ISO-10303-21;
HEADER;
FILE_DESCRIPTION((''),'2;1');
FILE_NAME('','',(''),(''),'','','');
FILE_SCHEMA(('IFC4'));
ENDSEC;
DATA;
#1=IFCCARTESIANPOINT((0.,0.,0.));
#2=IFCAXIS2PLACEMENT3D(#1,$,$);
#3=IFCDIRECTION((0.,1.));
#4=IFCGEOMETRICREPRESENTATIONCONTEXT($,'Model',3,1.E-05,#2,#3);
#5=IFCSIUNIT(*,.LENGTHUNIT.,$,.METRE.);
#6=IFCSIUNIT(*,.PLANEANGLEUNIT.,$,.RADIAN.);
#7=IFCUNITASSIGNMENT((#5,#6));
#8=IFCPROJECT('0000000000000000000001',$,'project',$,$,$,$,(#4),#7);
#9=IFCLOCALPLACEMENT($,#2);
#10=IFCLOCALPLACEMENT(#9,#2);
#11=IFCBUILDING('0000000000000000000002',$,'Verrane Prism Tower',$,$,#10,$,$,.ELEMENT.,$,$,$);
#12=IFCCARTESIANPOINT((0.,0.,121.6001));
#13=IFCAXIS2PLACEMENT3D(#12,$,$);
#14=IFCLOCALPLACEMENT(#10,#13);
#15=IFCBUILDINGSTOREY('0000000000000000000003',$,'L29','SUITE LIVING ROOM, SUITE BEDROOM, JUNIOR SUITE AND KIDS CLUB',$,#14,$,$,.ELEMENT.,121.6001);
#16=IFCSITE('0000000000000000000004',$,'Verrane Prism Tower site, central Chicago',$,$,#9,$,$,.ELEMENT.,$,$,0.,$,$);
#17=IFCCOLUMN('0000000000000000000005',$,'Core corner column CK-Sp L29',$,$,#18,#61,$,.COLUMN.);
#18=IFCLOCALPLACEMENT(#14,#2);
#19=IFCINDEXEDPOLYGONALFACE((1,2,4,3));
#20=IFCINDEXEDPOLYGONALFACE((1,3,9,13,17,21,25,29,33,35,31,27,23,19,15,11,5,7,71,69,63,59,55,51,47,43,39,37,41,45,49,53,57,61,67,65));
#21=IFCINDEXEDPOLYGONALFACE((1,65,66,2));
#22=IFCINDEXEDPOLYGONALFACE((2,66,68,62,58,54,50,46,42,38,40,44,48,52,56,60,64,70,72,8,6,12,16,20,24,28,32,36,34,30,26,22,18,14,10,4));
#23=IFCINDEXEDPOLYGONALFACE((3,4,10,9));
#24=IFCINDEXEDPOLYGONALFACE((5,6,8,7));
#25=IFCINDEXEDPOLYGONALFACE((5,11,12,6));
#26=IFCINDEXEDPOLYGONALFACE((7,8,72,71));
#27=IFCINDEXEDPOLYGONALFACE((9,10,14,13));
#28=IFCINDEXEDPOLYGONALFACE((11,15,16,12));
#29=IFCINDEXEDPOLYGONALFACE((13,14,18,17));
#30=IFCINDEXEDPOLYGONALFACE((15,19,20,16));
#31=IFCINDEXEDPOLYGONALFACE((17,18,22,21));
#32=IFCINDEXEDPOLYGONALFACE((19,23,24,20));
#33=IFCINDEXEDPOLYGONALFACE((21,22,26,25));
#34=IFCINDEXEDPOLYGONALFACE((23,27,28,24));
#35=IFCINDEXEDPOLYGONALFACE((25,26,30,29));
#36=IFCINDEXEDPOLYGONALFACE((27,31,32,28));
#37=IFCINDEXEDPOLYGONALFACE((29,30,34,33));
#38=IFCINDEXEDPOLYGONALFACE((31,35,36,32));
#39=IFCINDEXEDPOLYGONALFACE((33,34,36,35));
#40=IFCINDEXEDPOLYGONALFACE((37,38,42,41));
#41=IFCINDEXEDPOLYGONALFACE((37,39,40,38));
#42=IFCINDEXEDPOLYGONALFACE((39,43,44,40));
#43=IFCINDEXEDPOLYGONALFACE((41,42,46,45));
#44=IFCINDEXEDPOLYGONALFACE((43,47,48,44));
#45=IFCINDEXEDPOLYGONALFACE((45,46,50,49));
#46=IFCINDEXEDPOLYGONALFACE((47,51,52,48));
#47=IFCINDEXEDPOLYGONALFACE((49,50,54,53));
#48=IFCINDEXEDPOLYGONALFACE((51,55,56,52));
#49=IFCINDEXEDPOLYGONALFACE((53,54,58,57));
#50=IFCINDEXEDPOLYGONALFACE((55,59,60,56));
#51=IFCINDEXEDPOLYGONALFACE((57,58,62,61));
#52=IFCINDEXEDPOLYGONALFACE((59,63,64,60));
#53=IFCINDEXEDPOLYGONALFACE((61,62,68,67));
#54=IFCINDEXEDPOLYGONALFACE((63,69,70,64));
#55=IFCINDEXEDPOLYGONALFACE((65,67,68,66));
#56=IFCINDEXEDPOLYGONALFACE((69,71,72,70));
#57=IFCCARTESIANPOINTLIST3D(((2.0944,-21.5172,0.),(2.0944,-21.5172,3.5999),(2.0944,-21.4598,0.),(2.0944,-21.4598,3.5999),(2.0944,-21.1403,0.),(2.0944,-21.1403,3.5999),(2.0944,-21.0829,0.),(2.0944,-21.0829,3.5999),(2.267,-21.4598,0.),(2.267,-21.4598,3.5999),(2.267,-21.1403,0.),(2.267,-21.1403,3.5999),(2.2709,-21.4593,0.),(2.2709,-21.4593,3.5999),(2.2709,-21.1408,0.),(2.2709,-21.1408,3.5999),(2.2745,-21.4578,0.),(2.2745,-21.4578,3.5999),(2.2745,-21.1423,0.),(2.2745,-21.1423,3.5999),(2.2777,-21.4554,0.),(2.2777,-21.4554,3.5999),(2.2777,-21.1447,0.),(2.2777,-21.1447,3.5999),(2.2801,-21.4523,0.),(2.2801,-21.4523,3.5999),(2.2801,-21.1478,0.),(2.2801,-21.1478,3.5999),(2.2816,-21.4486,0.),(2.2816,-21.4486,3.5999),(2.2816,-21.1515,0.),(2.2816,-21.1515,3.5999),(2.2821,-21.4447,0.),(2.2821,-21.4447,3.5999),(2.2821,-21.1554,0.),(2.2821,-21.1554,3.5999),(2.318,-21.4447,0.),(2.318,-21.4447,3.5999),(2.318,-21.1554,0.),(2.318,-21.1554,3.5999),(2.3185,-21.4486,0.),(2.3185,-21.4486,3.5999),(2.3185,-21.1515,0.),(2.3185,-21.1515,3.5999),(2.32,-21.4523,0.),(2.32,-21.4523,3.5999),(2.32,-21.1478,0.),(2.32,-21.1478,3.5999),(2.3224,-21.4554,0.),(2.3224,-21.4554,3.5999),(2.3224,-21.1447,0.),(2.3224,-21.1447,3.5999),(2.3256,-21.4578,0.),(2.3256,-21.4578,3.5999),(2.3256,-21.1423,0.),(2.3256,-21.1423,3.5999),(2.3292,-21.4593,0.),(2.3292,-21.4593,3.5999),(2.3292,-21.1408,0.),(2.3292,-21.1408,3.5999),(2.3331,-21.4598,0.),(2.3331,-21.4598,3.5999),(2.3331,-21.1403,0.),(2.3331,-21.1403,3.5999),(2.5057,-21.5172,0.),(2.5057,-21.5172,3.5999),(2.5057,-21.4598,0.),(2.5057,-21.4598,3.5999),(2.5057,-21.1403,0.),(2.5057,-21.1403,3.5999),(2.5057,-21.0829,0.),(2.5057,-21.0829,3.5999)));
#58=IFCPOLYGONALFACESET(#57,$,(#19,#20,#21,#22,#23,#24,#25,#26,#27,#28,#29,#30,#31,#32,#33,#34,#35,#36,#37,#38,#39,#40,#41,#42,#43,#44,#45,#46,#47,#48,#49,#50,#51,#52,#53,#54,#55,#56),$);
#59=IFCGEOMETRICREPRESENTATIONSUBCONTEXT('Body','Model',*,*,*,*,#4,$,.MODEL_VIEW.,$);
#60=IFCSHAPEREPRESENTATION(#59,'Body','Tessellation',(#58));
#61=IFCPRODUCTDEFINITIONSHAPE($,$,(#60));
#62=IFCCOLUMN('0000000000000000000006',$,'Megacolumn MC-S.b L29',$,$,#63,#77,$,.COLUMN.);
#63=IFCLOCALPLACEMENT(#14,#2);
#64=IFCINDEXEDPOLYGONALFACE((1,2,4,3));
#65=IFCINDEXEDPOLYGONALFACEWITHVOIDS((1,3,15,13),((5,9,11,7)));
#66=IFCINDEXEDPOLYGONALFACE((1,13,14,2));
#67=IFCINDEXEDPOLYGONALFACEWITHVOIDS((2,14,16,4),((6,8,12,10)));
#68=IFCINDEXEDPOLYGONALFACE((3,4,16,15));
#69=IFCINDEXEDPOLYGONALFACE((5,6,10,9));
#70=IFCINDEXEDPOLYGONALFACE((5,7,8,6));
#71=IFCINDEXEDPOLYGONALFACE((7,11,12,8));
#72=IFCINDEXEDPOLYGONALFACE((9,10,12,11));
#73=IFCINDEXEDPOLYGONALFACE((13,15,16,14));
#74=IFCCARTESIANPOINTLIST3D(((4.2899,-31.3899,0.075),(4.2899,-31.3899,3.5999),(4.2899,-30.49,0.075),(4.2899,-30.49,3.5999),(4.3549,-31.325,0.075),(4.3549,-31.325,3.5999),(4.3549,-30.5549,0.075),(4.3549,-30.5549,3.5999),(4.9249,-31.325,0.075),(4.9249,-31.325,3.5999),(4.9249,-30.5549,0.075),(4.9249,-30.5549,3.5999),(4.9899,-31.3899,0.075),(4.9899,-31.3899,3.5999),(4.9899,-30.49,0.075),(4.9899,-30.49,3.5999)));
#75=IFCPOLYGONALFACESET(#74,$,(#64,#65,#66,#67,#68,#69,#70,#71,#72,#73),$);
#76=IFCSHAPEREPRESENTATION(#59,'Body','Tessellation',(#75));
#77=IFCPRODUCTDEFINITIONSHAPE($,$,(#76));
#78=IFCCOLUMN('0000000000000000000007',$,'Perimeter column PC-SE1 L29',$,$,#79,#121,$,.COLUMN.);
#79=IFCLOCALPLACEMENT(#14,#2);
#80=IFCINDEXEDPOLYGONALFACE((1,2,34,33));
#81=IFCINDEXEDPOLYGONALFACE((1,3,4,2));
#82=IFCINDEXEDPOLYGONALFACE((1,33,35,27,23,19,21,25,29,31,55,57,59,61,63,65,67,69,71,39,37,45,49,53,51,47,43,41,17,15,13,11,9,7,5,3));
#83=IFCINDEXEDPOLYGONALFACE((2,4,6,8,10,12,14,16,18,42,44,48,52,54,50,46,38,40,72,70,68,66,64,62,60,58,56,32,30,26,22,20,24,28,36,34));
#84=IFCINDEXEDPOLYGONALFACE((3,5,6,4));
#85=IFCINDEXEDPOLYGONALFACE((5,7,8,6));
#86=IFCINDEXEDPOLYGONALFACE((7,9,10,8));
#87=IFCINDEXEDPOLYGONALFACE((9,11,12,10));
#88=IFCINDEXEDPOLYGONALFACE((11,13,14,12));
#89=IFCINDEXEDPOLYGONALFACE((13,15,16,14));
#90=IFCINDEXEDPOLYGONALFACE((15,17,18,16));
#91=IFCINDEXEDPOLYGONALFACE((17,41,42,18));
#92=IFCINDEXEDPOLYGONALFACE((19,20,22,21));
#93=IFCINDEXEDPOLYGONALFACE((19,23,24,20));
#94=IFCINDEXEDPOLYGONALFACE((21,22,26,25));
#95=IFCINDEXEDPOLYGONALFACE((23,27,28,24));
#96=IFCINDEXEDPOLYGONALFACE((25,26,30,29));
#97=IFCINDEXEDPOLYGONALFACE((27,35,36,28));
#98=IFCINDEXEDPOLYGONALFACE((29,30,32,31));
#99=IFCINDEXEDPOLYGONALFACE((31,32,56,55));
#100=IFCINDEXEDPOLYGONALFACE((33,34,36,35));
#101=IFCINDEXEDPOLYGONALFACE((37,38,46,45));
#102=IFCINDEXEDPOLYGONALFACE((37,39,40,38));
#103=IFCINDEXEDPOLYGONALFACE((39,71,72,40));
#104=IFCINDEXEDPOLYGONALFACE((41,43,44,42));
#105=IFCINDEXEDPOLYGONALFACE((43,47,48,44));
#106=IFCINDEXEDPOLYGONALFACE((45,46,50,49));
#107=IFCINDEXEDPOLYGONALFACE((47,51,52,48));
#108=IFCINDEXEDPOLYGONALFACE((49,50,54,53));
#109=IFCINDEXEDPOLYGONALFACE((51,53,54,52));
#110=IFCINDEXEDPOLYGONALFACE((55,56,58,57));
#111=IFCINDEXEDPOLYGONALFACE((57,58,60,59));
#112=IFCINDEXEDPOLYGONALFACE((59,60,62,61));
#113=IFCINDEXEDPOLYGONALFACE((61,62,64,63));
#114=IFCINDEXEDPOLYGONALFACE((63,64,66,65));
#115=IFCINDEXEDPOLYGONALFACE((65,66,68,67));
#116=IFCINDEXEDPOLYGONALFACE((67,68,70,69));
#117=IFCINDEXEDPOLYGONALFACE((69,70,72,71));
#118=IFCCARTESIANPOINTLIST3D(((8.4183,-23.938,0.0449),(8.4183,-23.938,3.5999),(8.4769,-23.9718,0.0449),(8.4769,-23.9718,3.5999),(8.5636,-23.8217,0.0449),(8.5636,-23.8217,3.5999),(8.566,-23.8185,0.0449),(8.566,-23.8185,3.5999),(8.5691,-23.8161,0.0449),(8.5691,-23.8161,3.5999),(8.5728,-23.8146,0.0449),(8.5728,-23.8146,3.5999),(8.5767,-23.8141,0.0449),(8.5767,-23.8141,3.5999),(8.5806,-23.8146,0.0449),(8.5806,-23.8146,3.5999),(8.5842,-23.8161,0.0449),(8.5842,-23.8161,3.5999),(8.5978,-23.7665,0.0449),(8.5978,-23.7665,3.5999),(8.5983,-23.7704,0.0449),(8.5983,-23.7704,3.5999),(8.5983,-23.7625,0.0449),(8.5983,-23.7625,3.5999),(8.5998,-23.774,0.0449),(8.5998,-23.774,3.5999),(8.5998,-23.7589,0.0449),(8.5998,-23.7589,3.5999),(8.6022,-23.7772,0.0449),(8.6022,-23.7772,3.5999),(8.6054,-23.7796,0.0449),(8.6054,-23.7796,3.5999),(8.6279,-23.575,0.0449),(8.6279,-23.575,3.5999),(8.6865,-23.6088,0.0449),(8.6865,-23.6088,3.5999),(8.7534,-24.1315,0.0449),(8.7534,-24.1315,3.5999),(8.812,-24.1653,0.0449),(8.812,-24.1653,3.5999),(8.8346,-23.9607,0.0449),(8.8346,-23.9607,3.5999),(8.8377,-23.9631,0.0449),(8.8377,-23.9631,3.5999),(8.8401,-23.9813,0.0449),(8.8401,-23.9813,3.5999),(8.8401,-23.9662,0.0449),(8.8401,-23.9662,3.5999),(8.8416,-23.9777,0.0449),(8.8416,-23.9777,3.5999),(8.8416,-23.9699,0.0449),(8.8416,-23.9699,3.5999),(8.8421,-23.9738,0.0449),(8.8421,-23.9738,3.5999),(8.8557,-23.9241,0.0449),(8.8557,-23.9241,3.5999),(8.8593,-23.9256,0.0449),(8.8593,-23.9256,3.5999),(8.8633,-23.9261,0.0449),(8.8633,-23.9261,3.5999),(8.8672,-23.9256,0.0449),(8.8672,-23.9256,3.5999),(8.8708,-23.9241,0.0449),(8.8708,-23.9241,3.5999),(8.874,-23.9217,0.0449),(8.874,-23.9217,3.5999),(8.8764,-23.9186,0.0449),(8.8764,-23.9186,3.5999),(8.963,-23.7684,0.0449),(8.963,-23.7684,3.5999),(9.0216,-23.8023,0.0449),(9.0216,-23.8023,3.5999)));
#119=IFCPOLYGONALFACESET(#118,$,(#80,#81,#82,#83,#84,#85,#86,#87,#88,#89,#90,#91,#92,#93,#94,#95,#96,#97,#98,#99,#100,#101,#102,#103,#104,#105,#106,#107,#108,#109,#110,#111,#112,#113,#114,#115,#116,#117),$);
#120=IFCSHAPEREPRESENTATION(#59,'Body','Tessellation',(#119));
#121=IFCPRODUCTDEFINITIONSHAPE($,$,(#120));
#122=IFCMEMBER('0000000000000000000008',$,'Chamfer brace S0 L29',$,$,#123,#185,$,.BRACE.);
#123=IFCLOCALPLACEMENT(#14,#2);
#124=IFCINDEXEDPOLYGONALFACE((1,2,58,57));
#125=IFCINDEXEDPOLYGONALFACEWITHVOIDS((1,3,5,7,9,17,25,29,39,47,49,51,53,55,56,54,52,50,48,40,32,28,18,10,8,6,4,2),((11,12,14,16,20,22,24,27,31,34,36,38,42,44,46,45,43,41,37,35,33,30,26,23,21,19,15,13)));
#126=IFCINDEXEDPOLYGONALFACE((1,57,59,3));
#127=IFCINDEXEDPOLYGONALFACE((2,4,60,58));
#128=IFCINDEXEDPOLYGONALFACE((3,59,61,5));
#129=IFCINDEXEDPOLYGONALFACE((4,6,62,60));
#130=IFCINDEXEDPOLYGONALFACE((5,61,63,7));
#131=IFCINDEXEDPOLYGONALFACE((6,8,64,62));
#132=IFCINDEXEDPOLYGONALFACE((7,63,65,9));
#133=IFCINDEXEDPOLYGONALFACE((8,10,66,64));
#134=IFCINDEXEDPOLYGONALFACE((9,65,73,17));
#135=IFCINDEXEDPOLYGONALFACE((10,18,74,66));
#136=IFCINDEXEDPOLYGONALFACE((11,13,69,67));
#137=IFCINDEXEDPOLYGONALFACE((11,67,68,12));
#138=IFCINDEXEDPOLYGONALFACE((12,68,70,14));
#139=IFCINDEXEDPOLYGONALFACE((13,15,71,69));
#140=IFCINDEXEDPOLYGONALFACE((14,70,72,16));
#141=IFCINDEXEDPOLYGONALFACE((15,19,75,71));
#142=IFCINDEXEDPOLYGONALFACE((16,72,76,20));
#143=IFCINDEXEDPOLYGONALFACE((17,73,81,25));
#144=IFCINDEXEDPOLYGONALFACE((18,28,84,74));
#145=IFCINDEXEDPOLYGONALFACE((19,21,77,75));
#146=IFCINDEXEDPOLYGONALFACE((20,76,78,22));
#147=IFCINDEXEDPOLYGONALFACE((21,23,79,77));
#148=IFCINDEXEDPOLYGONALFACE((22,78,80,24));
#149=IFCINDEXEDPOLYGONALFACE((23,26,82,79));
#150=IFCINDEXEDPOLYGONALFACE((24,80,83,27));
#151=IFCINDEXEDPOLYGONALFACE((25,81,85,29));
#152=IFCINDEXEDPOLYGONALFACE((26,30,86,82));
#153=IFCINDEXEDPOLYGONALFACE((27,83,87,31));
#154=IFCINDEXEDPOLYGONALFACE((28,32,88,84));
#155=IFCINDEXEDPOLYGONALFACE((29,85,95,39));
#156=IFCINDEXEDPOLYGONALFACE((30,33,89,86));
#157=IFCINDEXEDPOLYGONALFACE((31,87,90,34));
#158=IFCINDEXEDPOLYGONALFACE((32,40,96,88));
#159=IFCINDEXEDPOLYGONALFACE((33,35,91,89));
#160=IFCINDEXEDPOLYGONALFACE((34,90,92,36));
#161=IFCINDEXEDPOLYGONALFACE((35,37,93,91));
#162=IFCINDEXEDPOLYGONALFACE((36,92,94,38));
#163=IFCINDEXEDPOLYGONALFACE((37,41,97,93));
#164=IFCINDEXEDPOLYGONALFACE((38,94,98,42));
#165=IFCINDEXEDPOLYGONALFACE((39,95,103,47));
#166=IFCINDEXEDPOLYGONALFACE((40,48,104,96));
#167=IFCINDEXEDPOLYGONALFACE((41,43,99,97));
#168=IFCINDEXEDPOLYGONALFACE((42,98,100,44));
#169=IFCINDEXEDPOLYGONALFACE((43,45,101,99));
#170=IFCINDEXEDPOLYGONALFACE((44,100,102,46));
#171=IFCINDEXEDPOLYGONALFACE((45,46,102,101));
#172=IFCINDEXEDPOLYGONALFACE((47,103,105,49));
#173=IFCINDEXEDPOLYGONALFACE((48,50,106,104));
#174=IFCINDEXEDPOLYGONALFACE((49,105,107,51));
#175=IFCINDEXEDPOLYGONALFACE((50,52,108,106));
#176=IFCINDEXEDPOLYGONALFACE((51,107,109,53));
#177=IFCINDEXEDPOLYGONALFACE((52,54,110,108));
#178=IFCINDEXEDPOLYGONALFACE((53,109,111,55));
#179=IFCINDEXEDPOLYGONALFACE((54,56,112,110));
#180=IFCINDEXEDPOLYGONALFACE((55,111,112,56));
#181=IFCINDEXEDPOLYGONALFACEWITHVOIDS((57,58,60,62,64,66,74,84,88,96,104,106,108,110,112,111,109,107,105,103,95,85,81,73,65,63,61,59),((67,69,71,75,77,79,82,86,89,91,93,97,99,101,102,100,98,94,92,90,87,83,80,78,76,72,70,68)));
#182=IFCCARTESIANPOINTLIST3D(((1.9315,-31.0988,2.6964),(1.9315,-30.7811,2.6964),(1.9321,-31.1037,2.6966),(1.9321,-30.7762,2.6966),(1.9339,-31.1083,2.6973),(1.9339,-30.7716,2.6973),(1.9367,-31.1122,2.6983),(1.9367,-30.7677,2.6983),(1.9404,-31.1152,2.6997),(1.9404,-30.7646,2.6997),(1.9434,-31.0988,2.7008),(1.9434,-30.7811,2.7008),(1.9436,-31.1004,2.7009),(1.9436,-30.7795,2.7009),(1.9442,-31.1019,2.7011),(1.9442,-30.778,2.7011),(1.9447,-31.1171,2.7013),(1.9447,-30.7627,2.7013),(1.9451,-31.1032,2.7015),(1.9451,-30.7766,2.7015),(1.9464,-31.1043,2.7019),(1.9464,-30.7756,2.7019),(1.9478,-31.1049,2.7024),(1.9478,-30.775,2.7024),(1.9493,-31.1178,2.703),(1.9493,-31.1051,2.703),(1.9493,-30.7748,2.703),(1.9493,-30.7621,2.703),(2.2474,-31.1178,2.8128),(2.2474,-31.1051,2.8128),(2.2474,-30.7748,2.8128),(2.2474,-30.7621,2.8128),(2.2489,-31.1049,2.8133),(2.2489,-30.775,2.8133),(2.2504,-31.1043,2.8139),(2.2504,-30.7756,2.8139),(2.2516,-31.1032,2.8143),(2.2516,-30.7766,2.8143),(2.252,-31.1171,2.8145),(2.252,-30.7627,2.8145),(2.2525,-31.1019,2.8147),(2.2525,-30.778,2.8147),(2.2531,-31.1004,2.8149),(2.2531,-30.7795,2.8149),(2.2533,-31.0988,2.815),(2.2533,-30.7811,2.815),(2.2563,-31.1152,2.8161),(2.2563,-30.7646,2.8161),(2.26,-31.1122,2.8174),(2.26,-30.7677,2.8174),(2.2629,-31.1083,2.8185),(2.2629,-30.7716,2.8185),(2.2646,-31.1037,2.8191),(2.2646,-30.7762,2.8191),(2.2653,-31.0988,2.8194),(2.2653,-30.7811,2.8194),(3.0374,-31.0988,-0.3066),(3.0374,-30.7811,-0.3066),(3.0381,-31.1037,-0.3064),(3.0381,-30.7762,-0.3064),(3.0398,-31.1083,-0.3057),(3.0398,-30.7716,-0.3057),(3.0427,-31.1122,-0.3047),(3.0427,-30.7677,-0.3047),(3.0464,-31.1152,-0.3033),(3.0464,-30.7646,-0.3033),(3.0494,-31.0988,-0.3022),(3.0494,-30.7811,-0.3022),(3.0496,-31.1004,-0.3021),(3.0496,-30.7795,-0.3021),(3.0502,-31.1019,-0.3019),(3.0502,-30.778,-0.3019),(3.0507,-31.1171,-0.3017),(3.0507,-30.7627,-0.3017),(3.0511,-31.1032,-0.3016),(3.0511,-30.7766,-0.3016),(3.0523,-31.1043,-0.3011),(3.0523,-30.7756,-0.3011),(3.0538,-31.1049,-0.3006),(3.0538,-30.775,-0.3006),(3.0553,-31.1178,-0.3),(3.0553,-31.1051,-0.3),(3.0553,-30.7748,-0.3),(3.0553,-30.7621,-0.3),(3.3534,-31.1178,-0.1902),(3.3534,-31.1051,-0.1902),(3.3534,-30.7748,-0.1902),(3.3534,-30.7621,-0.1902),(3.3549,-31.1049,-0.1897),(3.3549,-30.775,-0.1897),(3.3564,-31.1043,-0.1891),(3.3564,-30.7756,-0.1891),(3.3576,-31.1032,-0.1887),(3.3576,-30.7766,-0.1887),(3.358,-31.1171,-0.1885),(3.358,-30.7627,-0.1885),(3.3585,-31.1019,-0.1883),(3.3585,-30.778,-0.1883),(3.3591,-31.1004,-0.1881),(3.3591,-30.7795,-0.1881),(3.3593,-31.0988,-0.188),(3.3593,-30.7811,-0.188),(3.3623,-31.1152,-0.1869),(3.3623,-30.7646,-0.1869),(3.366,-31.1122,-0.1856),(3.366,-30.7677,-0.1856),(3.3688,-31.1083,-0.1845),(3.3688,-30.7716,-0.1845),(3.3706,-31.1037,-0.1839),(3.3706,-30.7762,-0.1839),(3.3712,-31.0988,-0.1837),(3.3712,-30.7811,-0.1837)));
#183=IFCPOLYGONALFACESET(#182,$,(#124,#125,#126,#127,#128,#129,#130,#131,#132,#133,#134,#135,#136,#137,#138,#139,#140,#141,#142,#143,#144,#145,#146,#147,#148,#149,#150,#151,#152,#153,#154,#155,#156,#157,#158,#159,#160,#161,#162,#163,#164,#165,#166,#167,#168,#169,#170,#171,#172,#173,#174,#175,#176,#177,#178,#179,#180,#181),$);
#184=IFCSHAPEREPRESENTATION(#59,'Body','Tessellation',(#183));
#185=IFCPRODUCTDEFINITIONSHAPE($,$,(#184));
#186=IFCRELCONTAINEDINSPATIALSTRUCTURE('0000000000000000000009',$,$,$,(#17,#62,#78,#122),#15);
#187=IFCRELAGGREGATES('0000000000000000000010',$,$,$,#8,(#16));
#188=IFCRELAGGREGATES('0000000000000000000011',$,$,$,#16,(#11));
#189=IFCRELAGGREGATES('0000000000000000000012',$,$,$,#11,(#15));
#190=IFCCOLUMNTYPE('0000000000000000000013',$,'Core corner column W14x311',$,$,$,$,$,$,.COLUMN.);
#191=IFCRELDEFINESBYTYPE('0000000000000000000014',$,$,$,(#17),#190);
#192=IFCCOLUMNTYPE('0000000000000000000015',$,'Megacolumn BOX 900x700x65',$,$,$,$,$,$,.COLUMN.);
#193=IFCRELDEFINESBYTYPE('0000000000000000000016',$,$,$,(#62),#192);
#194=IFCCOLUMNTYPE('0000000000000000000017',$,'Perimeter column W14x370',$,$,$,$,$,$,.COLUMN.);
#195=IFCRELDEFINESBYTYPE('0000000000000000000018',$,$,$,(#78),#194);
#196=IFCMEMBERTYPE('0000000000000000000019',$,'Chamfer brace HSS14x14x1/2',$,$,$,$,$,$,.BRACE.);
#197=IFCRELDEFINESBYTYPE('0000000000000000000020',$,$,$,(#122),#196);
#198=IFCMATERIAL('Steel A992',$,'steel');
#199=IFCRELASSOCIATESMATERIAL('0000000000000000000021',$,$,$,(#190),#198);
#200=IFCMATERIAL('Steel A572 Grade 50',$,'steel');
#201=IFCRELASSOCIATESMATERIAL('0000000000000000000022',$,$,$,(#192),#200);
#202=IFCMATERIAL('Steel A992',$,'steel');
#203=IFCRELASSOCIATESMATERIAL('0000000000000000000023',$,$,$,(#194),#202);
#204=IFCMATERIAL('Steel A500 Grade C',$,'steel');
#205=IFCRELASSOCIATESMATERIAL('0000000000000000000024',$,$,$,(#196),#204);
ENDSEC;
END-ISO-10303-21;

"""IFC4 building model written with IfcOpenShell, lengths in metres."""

from ifc_helpers import new_model, si_unit, direction, frame, origin, origin_2d, place, context, subcontext, project, spatial, hollow_rectangle, i_section, extrude, material, material_profile, profile_set, type_object, element, save


model = new_model("IFC4")

# Units and contexts
model_context = context("Model", 3, precision=1e-05, world=origin(), true_north=direction((0.0, 1.0)))
body_context = subcontext(model_context, "Body", "Model", "MODEL_VIEW")
ifc_project = project(units=[si_unit("LENGTHUNIT", "METRE"), si_unit("PLANEANGLEUNIT", "RADIAN")], contexts=[model_context])

# Site, building, storey
site_placement = place(None, origin())
site = spatial("IfcSite", under=ifc_project, at=site_placement, Name="Verrane Prism Tower site, central Chicago", CompositionType="ELEMENT", RefElevation=0.0)
building_placement = place(site_placement, origin())
building = spatial("IfcBuilding", under=site, at=building_placement, Name="Verrane Prism Tower", CompositionType="ELEMENT")
storey_placement = place(building_placement, frame((0.0, 0.0, 121.6001)))
storey = spatial("IfcBuildingStorey", under=building, at=storey_placement, Name="L29", Description="SUITE LIVING ROOM, SUITE BEDROOM, JUNIOR SUITE AND KIDS CLUB", CompositionType="ELEMENT", Elevation=121.6001)

# Columns
ifc_material_1 = material(Name="Steel A992", Category="steel")
ifc_material_profile_1 = material_profile(ifc_material_1, i_section(OverallWidth=0.4114, OverallDepth=0.4343, WebThickness=0.0359, FlangeThickness=0.0574, FilletRadius=0.0151, at=origin_2d()), Name="W14x311")
ifc_profile_set_1 = profile_set([ifc_material_profile_1], Name="Steel A992")
column_type_1 = type_object("IfcColumnType", Name="Core corner column W14x311", PredefinedType="COLUMN", material=ifc_profile_set_1)
column_1_placement = place(storey_placement, frame((2.3, -21.3, 0.0), z_axis=(0.0, 0.0, 1.0), x_axis=(-1.0, 0.0, 0.0)))
element("IfcColumn", 1, at=column_1_placement, inside=storey, type_object=column_type_1, Name="Core corner column CK-Sp L29", PredefinedType="COLUMN", context=body_context, shape_type="SweptSolid", body=[
    extrude(i_section(OverallWidth=0.4114, OverallDepth=0.4343, WebThickness=0.0359, FlangeThickness=0.0574, FilletRadius=0.0151, at=origin_2d()), origin(), (0.0, 0.0, 1.0), 3.5999),
])
ifc_material_2 = material(Name="Steel A572 Grade 50", Category="steel")
ifc_material_profile_2 = material_profile(ifc_material_2, hollow_rectangle(XDim=0.7, YDim=0.8999, WallThickness=0.0649, at=origin_2d()), Name="BOX 900x700x65")
ifc_profile_set_2 = profile_set([ifc_material_profile_2], Name="Steel A572 Grade 50")
column_type_2 = type_object("IfcColumnType", Name="Megacolumn BOX 900x700x65", PredefinedType="COLUMN", material=ifc_profile_set_2)
column_2_placement = place(storey_placement, frame((4.6399, -30.9399, 0.075), z_axis=(0.0, 0.0, 1.0), x_axis=(-1.0, 0.0, 0.0)))
element("IfcColumn", 2, at=column_2_placement, inside=storey, type_object=column_type_2, Name="Megacolumn MC-S.b L29", PredefinedType="COLUMN", context=body_context, shape_type="SweptSolid", body=[
    extrude(hollow_rectangle(XDim=0.7, YDim=0.8999, WallThickness=0.0649, at=origin_2d()), origin(), (0.0, 0.0, 1.0), 3.5249),
])
ifc_material_3 = material(Name="Steel A992", Category="steel")
ifc_material_profile_3 = material_profile(ifc_material_3, i_section(OverallWidth=0.4192, OverallDepth=0.4546, WebThickness=0.0422, FlangeThickness=0.0676, FilletRadius=0.0151, at=origin_2d()), Name="W14x370")
ifc_profile_set_3 = profile_set([ifc_material_profile_3], Name="Steel A992")
column_type_3 = type_object("IfcColumnType", Name="Perimeter column W14x370", PredefinedType="COLUMN", material=ifc_profile_set_3)
column_3_placement = place(storey_placement, frame((8.72, -23.8701, 0.0449), z_axis=(0.0, 0.0, 1.0), x_axis=(-0.5, -0.866025, 0.0)))
element("IfcColumn", 3, at=column_3_placement, inside=storey, type_object=column_type_3, Name="Perimeter column PC-SE1 L29", PredefinedType="COLUMN", context=body_context, shape_type="SweptSolid", body=[
    extrude(i_section(OverallWidth=0.4192, OverallDepth=0.4546, WebThickness=0.0422, FlangeThickness=0.0676, FilletRadius=0.0151, at=origin_2d()), origin(), (0.0, 0.0, 1.0), 3.5549),
])

# Member
ifc_material_4 = material(Name="Steel A500 Grade C", Category="steel")
ifc_material_profile_4 = material_profile(ifc_material_4, hollow_rectangle(XDim=0.3557, YDim=0.3557, WallThickness=0.0127, InnerFilletRadius=0.0063, OuterFilletRadius=0.019, at=origin_2d()), Name="HSS14x14x1/2")
ifc_profile_set_4 = profile_set([ifc_material_profile_4], Name="Steel A500 Grade C")
member_type_1 = type_object("IfcMemberType", Name="Chamfer brace HSS14x14x1/2", PredefinedType="BRACE", material=ifc_profile_set_4)
member_1_placement = place(storey_placement, frame((3.2043, -30.9399, -0.2451), z_axis=(-0.345599, 0.0, 0.938382), x_axis=(0.0, -1.0, 0.0)))
element("IfcMember", 4, at=member_1_placement, inside=storey, type_object=member_type_1, Name="Chamfer brace S0 L29", PredefinedType="BRACE", context=body_context, shape_type="SweptSolid", body=[
    extrude(hollow_rectangle(XDim=0.3557, YDim=0.3557, WallThickness=0.0127, InnerFilletRadius=0.0063, OuterFilletRadius=0.019, at=origin_2d()), origin(), (0.0, 0.0, 1.0), 3.2002),
])

save(model, "model.ifc")
